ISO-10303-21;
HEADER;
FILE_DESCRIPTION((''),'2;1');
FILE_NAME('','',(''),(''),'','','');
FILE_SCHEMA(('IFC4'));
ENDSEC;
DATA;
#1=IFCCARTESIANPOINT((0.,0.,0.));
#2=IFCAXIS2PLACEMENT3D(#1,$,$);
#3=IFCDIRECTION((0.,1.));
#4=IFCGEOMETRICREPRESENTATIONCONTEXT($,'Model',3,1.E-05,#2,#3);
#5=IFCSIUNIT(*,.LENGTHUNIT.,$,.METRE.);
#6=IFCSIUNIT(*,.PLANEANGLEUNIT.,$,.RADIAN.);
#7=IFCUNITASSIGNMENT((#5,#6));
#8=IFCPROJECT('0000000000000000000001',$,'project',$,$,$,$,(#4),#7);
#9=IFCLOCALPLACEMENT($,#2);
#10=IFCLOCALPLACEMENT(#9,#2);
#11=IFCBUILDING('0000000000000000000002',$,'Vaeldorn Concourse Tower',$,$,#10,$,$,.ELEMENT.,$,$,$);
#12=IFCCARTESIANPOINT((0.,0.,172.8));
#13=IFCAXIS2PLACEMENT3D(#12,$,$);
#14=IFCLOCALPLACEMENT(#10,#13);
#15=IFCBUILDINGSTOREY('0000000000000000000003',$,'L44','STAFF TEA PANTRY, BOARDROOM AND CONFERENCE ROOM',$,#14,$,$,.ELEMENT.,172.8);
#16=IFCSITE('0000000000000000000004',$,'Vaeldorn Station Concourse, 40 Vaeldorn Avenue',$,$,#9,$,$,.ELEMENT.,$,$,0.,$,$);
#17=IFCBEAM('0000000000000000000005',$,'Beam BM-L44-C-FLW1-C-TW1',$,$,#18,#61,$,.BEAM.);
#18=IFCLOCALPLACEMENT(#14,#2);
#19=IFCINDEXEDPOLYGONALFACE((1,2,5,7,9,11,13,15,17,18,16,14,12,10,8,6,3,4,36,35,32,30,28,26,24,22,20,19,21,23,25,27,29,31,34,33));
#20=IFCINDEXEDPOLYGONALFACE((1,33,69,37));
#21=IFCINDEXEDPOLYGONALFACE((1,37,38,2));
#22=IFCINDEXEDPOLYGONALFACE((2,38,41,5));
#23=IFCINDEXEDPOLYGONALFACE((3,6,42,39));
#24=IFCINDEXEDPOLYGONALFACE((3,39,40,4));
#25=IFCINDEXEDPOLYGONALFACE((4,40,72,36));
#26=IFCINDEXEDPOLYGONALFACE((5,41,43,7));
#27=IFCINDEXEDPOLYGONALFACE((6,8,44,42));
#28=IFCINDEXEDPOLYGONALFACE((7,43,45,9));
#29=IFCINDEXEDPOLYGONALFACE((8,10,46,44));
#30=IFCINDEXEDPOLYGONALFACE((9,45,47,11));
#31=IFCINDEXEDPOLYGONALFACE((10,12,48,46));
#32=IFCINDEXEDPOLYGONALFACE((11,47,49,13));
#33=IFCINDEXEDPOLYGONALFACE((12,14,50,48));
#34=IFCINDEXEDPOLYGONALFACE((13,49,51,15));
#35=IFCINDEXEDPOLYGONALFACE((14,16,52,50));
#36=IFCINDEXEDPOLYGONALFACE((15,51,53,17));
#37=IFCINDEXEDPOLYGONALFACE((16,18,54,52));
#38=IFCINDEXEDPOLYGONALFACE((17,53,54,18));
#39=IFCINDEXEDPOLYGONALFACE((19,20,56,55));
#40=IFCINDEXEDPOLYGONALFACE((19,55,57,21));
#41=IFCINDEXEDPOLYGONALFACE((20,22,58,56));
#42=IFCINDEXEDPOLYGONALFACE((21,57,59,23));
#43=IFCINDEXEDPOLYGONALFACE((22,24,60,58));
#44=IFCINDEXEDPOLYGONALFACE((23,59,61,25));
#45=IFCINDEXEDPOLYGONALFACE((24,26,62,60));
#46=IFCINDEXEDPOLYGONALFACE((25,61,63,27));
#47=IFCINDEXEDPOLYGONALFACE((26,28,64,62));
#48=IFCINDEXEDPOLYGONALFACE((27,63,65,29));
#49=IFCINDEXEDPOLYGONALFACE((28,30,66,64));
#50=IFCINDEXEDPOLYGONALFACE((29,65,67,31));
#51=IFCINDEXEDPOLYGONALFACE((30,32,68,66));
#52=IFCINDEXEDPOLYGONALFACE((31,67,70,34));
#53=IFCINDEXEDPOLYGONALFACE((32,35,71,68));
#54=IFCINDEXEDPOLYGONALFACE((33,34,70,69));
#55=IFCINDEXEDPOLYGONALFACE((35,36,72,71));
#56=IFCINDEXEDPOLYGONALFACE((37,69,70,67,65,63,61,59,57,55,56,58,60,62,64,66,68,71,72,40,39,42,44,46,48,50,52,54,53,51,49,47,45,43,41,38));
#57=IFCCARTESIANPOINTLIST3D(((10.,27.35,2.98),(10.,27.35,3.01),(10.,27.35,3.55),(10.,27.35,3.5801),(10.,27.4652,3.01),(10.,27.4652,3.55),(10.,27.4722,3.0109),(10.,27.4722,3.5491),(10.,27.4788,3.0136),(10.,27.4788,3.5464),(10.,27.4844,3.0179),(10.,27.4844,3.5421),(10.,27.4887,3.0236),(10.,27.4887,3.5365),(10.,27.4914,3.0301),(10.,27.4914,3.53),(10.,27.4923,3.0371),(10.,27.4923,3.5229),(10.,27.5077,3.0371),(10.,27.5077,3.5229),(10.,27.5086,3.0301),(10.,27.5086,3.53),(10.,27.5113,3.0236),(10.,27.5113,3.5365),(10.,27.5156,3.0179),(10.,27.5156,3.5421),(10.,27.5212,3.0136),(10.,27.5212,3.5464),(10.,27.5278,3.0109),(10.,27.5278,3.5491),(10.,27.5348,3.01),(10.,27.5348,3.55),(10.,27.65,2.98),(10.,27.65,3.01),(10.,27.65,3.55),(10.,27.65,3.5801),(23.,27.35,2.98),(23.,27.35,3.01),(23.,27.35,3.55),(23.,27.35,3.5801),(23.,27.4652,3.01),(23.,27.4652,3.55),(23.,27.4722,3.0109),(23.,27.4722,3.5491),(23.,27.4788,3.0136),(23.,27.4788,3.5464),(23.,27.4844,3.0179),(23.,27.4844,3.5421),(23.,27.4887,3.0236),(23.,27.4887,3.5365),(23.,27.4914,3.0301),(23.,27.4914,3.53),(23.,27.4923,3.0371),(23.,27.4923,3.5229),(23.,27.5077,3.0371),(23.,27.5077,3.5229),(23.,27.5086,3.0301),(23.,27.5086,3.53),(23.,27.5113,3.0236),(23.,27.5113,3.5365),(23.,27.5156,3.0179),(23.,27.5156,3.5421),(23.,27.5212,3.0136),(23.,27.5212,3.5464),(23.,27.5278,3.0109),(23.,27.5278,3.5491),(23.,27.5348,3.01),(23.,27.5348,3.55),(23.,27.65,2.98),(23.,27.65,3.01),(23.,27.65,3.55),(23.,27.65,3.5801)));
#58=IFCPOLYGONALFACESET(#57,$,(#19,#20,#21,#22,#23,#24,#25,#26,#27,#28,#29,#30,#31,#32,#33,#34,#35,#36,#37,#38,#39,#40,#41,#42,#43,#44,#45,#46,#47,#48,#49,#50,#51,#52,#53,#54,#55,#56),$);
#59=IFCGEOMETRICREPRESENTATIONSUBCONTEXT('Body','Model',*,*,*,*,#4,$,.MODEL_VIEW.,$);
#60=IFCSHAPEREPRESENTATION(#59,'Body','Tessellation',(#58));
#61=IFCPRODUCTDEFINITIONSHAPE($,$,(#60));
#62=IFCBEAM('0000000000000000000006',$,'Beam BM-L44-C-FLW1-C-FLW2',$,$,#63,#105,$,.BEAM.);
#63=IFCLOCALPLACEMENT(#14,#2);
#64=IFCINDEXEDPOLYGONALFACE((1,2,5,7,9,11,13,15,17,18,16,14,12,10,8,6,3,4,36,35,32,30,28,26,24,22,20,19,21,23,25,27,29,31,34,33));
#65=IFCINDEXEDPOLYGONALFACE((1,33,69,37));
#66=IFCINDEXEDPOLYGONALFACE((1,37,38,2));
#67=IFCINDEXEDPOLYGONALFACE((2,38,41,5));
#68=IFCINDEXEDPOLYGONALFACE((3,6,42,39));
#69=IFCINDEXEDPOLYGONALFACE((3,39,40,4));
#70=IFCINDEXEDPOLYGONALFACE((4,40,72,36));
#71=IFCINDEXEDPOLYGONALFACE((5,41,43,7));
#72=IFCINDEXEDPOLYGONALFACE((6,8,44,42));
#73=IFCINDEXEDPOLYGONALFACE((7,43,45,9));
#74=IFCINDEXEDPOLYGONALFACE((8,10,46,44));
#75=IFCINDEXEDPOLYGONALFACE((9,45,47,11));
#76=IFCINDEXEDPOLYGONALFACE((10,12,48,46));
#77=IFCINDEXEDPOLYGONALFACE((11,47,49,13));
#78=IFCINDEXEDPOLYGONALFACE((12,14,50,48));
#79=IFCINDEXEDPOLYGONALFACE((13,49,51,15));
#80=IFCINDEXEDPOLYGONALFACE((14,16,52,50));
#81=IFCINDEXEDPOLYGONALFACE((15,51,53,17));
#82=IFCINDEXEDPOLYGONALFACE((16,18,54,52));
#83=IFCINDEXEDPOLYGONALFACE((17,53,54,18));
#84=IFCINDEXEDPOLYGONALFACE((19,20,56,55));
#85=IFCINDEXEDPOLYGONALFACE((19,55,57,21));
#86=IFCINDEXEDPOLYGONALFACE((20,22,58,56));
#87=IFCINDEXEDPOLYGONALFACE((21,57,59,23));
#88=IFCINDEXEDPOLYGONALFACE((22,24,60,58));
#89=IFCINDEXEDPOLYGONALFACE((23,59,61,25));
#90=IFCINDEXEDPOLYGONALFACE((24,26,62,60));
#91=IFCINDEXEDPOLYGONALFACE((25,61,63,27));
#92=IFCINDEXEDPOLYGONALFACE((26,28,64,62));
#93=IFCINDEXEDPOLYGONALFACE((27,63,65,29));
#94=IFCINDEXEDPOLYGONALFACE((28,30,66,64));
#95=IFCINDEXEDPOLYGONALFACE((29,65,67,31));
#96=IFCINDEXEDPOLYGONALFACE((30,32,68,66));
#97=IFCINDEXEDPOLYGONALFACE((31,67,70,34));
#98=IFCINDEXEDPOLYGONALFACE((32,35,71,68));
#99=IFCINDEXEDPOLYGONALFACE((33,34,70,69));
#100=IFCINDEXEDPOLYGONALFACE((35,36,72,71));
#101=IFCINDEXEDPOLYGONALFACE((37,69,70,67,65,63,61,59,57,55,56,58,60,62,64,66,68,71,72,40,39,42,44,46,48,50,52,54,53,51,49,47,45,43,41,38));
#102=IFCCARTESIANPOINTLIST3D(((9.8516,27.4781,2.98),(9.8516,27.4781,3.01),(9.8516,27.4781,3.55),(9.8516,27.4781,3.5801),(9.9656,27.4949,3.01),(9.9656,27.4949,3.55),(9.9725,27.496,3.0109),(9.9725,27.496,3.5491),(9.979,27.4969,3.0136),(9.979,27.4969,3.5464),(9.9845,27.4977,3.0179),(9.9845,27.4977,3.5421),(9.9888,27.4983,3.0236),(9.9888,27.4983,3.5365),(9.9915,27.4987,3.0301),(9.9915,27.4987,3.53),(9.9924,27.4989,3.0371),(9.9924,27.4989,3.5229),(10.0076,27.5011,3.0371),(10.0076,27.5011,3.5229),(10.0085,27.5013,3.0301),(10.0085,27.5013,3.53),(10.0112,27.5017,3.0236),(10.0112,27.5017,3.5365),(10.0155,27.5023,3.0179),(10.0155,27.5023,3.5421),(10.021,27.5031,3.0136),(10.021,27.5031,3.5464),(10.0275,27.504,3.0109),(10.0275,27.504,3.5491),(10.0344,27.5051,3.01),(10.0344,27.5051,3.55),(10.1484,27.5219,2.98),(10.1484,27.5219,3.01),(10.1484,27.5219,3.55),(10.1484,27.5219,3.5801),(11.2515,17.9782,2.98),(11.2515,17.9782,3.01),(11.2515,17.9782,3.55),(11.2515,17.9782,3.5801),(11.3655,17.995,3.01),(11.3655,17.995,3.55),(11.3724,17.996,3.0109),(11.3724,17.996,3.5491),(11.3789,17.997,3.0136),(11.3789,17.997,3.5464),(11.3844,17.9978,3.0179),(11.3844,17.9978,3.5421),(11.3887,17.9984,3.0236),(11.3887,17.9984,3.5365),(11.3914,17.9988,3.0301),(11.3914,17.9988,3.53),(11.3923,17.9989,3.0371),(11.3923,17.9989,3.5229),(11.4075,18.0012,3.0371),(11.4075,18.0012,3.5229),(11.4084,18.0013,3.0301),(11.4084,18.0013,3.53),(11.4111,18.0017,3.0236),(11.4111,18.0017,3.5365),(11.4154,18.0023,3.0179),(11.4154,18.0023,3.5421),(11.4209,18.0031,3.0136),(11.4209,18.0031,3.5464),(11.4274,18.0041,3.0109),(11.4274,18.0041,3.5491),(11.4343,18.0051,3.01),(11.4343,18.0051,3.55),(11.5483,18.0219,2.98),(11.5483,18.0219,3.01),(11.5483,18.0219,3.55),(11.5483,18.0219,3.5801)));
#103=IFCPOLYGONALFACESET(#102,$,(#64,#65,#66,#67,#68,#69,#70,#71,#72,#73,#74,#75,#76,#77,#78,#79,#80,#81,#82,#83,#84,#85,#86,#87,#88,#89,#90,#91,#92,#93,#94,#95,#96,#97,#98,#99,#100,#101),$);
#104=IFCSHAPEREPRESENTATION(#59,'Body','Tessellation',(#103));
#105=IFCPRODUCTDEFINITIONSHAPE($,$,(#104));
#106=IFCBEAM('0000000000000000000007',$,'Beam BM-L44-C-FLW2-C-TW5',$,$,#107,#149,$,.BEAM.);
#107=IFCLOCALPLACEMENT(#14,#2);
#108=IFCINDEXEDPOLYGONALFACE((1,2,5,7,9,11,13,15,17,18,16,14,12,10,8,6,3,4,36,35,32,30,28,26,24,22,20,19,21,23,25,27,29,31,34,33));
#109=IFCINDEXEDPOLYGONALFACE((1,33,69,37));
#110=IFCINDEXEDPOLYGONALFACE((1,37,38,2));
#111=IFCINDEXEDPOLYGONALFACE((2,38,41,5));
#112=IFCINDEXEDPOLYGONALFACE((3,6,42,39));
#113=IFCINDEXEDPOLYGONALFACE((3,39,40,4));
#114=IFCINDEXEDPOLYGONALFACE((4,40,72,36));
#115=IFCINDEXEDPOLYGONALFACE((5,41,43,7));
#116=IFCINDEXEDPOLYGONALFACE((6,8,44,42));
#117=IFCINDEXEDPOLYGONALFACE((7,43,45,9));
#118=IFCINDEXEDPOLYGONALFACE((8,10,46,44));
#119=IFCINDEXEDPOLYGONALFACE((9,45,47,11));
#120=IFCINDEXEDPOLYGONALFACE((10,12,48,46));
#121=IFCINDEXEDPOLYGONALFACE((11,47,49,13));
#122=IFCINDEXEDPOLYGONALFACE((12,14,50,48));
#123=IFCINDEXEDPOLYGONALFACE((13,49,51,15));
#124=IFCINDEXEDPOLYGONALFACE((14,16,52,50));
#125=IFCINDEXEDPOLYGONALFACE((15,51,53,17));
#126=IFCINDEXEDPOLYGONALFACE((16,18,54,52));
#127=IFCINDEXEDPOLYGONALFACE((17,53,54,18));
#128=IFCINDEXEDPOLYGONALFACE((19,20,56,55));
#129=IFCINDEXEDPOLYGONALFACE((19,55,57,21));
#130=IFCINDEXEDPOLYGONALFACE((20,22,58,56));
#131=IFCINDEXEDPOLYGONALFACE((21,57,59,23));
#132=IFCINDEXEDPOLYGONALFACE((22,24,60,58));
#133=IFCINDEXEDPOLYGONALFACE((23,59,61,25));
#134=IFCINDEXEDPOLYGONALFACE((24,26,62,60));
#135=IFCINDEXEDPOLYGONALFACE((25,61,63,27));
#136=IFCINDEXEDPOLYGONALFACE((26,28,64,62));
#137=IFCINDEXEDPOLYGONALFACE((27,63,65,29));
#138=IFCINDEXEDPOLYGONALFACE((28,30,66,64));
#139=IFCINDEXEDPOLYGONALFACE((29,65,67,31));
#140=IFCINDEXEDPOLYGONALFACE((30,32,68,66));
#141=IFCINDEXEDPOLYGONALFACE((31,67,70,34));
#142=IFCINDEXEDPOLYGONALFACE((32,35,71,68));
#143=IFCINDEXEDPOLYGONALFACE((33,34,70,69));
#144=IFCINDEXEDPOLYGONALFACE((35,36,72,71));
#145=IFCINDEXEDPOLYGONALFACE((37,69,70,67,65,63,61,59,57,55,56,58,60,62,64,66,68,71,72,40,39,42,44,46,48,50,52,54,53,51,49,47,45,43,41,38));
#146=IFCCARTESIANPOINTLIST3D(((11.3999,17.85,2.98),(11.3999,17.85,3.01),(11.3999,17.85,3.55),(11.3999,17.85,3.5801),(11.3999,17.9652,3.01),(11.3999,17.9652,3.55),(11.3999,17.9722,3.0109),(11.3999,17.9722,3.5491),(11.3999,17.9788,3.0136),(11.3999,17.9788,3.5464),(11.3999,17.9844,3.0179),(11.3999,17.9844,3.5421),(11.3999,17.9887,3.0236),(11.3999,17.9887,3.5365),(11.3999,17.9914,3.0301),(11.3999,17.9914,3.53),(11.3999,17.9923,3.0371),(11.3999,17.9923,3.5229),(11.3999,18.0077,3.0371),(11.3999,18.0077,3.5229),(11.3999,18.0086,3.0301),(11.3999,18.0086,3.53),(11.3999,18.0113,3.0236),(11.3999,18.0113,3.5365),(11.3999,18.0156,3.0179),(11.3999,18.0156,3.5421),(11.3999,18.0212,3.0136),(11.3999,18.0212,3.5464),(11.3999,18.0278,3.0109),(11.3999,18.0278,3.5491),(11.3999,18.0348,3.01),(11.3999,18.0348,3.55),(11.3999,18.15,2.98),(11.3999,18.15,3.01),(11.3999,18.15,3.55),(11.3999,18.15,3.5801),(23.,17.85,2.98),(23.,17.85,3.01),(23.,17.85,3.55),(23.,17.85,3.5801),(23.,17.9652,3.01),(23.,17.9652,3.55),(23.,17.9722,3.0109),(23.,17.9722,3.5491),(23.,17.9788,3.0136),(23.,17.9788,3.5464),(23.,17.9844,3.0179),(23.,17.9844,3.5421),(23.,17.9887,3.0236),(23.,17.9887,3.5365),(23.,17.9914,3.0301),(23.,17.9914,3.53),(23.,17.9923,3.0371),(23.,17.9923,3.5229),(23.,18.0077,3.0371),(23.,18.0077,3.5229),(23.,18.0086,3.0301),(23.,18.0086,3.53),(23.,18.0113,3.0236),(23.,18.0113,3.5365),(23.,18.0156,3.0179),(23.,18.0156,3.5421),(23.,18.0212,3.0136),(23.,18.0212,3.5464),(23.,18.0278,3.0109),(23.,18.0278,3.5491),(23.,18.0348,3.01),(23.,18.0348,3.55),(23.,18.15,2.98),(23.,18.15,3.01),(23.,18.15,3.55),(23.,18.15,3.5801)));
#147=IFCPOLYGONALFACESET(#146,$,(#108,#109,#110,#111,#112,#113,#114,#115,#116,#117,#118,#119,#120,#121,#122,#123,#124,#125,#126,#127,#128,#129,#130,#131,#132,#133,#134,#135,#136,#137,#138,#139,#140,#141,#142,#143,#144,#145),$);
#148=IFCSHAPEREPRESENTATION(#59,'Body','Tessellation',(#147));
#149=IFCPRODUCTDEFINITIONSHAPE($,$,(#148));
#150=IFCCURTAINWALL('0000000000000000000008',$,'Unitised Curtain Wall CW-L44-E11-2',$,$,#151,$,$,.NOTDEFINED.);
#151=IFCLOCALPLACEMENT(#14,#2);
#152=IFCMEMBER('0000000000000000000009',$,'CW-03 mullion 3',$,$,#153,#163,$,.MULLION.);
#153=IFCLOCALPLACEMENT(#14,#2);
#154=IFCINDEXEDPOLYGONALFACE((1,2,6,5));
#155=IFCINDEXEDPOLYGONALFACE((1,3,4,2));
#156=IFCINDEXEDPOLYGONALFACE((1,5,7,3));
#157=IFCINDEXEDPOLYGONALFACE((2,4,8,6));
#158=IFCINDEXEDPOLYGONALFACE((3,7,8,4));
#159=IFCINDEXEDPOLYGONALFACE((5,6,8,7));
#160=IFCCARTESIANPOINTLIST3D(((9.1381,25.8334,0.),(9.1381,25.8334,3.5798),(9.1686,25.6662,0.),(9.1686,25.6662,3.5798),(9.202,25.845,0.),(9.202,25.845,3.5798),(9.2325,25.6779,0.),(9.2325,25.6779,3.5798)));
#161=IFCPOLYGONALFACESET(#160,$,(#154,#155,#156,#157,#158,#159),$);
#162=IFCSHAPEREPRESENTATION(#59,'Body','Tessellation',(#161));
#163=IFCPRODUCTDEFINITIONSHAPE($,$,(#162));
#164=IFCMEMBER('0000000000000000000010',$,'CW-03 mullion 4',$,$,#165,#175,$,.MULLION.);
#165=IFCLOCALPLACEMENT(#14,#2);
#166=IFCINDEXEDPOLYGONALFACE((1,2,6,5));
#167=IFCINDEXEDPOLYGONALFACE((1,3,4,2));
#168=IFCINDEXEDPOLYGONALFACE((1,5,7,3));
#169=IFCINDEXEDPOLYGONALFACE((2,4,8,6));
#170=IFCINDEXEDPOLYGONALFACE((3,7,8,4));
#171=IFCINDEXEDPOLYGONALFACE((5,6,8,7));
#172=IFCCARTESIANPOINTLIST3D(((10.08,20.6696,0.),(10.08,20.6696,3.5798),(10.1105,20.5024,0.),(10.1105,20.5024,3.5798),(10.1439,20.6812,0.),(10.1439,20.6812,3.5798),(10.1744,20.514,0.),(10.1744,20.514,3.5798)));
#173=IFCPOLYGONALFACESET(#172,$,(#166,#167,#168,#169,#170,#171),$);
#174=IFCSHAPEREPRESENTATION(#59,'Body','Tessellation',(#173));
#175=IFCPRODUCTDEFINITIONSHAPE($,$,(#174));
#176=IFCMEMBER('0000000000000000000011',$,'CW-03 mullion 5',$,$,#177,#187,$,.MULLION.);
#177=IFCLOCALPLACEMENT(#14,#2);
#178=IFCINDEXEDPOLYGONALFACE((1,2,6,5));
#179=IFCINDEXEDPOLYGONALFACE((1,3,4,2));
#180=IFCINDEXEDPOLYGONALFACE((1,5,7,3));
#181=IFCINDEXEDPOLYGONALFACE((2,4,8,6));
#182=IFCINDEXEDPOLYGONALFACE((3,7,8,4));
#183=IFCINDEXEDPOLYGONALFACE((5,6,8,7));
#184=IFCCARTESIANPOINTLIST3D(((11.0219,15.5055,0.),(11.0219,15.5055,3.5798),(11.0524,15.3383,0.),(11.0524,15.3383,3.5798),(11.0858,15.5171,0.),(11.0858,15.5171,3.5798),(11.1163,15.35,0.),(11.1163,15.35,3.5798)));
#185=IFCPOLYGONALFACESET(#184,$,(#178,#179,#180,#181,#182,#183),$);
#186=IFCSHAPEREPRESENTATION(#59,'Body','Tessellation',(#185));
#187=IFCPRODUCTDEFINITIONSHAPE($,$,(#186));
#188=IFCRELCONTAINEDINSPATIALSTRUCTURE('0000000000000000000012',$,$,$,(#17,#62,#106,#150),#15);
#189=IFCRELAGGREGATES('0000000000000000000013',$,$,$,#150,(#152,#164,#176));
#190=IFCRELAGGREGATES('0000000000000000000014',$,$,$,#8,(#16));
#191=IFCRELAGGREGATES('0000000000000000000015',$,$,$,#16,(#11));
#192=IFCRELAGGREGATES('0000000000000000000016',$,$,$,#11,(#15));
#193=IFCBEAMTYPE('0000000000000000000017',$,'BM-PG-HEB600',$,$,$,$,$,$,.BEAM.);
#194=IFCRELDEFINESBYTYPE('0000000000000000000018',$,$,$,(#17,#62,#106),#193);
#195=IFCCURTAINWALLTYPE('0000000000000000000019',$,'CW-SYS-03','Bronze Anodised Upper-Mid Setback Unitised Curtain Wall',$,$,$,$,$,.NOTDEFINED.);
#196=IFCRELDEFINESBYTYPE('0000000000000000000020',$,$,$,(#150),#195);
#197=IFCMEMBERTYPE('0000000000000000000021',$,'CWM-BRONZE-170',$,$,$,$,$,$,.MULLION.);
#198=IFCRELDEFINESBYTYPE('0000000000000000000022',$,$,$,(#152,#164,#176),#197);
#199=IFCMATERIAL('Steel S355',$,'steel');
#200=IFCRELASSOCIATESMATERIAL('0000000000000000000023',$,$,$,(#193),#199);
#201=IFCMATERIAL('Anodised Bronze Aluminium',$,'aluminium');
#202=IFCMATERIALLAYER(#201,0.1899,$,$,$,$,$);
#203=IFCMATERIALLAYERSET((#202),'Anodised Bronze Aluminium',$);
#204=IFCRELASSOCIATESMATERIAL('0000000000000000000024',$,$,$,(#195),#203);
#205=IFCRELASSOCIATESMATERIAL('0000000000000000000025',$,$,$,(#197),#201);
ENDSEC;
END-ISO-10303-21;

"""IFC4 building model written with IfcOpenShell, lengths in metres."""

from ifc_helpers import new_model, si_unit, direction, frame, origin, origin_2d, place, context, subcontext, project, spatial, rectangle, i_section, extrude, source, transform, mapped, material, layer, layer_set, material_profile, profile_set, type_object, element, aggregate, save


model = new_model("IFC4")

# Units and contexts
model_context = context("Model", 3, precision=1e-05, world=origin(), true_north=direction((0.0, 1.0)))
body_context = subcontext(model_context, "Body", "Model", "MODEL_VIEW")
ifc_project = project(units=[si_unit("LENGTHUNIT", "METRE"), si_unit("PLANEANGLEUNIT", "RADIAN")], contexts=[model_context])

# Site, building, storey
site_placement = place(None, origin())
site = spatial("IfcSite", under=ifc_project, at=site_placement, Name="Vaeldorn Station Concourse, 40 Vaeldorn Avenue", CompositionType="ELEMENT", RefElevation=0.0)
building_placement = place(site_placement, origin())
building = spatial("IfcBuilding", under=site, at=building_placement, Name="Vaeldorn Concourse Tower", CompositionType="ELEMENT")
storey_placement = place(building_placement, frame((0.0, 0.0, 172.8)))
storey = spatial("IfcBuildingStorey", under=building, at=storey_placement, Name="L44", Description="STAFF TEA PANTRY, BOARDROOM AND CONFERENCE ROOM", CompositionType="ELEMENT", Elevation=172.8)

# Shared definitions
ifc_material_1 = material(Name="Steel S355", Category="steel")

# Beams
ifc_material_profile_1 = material_profile(ifc_material_1, i_section(OverallWidth=0.3, OverallDepth=0.6001, WebThickness=0.0154, FlangeThickness=0.03, FilletRadius=0.0271, at=origin_2d()), Name="HEB 600")
ifc_profile_set_1 = profile_set([ifc_material_profile_1], Name="Steel S355")
beam_type_1 = type_object("IfcBeamType", Name="BM-PG-HEB600", PredefinedType="BEAM", material=ifc_profile_set_1)
shared_shape_1 = source(origin(), body_context, "Body", "SweptSolid", [
    extrude(i_section(OverallWidth=0.3, OverallDepth=0.6001, WebThickness=0.0154, FlangeThickness=0.03, FilletRadius=0.0271, at=origin_2d()), origin(), (0.0, 0.0, 1.0), 13.0),
])
beam_1_placement = place(storey_placement, frame((10.0, 27.5, 3.28), z_axis=(1.0, 0.0, 0.0), x_axis=(0.0, 1.0, 0.0)))
element("IfcBeam", 1, at=beam_1_placement, inside=storey, type_object=beam_type_1, Name="Beam BM-L44-C-FLW1-C-TW1", PredefinedType="BEAM", context=body_context, shape_type="MappedRepresentation", body=[
    mapped(shared_shape_1, transform((0.0, 0.0, 0.0), scale=1.0)),
])
shared_shape_2 = source(origin(), body_context, "Body", "SweptSolid", [
    extrude(i_section(OverallWidth=0.3, OverallDepth=0.6001, WebThickness=0.0154, FlangeThickness=0.03, FilletRadius=0.0271, at=origin_2d()), origin(), (0.0, 0.0, 1.0), 9.6025),
])
beam_2_placement = place(storey_placement, frame((10.0, 27.5, 3.28), z_axis=(0.145784, -0.989316, 0.0), x_axis=(0.989316, 0.145784, 0.0)))
element("IfcBeam", 2, at=beam_2_placement, inside=storey, type_object=beam_type_1, Name="Beam BM-L44-C-FLW1-C-FLW2", PredefinedType="BEAM", context=body_context, shape_type="MappedRepresentation", body=[
    mapped(shared_shape_2, transform((0.0, 0.0, 0.0), scale=1.0)),
])
shared_shape_3 = source(origin(), body_context, "Body", "SweptSolid", [
    extrude(i_section(OverallWidth=0.3, OverallDepth=0.6001, WebThickness=0.0154, FlangeThickness=0.03, FilletRadius=0.0271, at=origin_2d()), origin(), (0.0, 0.0, 1.0), 11.6001),
])
beam_3_placement = place(storey_placement, frame((11.3999, 18.0, 3.28), z_axis=(1.0, 0.0, 0.0), x_axis=(0.0, 1.0, 0.0)))
element("IfcBeam", 3, at=beam_3_placement, inside=storey, type_object=beam_type_1, Name="Beam BM-L44-C-FLW2-C-TW5", PredefinedType="BEAM", context=body_context, shape_type="MappedRepresentation", body=[
    mapped(shared_shape_3, transform((0.0, 0.0, 0.0), scale=1.0)),
])

# Curtain wall, members
ifc_material_2 = material(Name="Anodised Bronze Aluminium", Category="aluminium")
ifc_layer_1 = layer(ifc_material_2, 0.1899)
ifc_layer_set_1 = layer_set([ifc_layer_1], Name="Anodised Bronze Aluminium")
curtain_wall_type = type_object("IfcCurtainWallType", Name="CW-SYS-03", Description="Bronze Anodised Upper-Mid Setback Unitised Curtain Wall", PredefinedType="NOTDEFINED", material=ifc_layer_set_1)
curtain_wall_placement = place(storey_placement, origin())
curtain_wall = element("IfcCurtainWall", 4, at=curtain_wall_placement, inside=storey, type_object=curtain_wall_type, Name="Unitised Curtain Wall CW-L44-E11-2", PredefinedType="NOTDEFINED")
ifc_material_profile_2 = material_profile(ifc_material_2, rectangle(XDim=0.0649, YDim=0.1699, at=origin_2d()), Name="CWM 65x170")
ifc_profile_set_2 = profile_set([ifc_material_profile_2], Name="Anodised Bronze Aluminium")
member_type_1 = type_object("IfcMemberType", Name="CWM-BRONZE-170", PredefinedType="MULLION", material=ifc_profile_set_2)
shared_shape_4 = source(origin(), body_context, "Body", "SweptSolid", [
    extrude(rectangle(XDim=0.0649, YDim=0.1699, at=origin_2d()), origin(), (0.0, 0.0, 1.0), 3.5798),
])
member_1_placement = place(storey_placement, frame((9.1853, 25.7556, 0.0), z_axis=(0.0, 0.0, 1.0), x_axis=(0.983768, 0.179446, 0.0)))
member_1 = element("IfcMember", 5, at=member_1_placement, type_object=member_type_1, Name="CW-03 mullion 3", PredefinedType="MULLION", context=body_context, shape_type="MappedRepresentation", body=[
    mapped(shared_shape_4, transform((0.0, 0.0, 0.0), scale=1.0)),
])
member_2_placement = place(storey_placement, frame((10.1272, 20.5918, 0.0), z_axis=(0.0, 0.0, 1.0), x_axis=(0.983768, 0.179446, 0.0)))
member_2 = element("IfcMember", 6, at=member_2_placement, type_object=member_type_1, Name="CW-03 mullion 4", PredefinedType="MULLION", context=body_context, shape_type="MappedRepresentation", body=[
    mapped(shared_shape_4, transform((0.0, 0.0, 0.0), scale=1.0)),
])
member_3_placement = place(storey_placement, frame((11.0691, 15.4277, 0.0), z_axis=(0.0, 0.0, 1.0), x_axis=(0.983768, 0.179446, 0.0)))
member_3 = element("IfcMember", 7, at=member_3_placement, type_object=member_type_1, Name="CW-03 mullion 5", PredefinedType="MULLION", context=body_context, shape_type="MappedRepresentation", body=[
    mapped(shared_shape_4, transform((0.0, 0.0, 0.0), scale=1.0)),
])
aggregate(curtain_wall, [member_1, member_2, member_3])

save(model, "model.ifc")
